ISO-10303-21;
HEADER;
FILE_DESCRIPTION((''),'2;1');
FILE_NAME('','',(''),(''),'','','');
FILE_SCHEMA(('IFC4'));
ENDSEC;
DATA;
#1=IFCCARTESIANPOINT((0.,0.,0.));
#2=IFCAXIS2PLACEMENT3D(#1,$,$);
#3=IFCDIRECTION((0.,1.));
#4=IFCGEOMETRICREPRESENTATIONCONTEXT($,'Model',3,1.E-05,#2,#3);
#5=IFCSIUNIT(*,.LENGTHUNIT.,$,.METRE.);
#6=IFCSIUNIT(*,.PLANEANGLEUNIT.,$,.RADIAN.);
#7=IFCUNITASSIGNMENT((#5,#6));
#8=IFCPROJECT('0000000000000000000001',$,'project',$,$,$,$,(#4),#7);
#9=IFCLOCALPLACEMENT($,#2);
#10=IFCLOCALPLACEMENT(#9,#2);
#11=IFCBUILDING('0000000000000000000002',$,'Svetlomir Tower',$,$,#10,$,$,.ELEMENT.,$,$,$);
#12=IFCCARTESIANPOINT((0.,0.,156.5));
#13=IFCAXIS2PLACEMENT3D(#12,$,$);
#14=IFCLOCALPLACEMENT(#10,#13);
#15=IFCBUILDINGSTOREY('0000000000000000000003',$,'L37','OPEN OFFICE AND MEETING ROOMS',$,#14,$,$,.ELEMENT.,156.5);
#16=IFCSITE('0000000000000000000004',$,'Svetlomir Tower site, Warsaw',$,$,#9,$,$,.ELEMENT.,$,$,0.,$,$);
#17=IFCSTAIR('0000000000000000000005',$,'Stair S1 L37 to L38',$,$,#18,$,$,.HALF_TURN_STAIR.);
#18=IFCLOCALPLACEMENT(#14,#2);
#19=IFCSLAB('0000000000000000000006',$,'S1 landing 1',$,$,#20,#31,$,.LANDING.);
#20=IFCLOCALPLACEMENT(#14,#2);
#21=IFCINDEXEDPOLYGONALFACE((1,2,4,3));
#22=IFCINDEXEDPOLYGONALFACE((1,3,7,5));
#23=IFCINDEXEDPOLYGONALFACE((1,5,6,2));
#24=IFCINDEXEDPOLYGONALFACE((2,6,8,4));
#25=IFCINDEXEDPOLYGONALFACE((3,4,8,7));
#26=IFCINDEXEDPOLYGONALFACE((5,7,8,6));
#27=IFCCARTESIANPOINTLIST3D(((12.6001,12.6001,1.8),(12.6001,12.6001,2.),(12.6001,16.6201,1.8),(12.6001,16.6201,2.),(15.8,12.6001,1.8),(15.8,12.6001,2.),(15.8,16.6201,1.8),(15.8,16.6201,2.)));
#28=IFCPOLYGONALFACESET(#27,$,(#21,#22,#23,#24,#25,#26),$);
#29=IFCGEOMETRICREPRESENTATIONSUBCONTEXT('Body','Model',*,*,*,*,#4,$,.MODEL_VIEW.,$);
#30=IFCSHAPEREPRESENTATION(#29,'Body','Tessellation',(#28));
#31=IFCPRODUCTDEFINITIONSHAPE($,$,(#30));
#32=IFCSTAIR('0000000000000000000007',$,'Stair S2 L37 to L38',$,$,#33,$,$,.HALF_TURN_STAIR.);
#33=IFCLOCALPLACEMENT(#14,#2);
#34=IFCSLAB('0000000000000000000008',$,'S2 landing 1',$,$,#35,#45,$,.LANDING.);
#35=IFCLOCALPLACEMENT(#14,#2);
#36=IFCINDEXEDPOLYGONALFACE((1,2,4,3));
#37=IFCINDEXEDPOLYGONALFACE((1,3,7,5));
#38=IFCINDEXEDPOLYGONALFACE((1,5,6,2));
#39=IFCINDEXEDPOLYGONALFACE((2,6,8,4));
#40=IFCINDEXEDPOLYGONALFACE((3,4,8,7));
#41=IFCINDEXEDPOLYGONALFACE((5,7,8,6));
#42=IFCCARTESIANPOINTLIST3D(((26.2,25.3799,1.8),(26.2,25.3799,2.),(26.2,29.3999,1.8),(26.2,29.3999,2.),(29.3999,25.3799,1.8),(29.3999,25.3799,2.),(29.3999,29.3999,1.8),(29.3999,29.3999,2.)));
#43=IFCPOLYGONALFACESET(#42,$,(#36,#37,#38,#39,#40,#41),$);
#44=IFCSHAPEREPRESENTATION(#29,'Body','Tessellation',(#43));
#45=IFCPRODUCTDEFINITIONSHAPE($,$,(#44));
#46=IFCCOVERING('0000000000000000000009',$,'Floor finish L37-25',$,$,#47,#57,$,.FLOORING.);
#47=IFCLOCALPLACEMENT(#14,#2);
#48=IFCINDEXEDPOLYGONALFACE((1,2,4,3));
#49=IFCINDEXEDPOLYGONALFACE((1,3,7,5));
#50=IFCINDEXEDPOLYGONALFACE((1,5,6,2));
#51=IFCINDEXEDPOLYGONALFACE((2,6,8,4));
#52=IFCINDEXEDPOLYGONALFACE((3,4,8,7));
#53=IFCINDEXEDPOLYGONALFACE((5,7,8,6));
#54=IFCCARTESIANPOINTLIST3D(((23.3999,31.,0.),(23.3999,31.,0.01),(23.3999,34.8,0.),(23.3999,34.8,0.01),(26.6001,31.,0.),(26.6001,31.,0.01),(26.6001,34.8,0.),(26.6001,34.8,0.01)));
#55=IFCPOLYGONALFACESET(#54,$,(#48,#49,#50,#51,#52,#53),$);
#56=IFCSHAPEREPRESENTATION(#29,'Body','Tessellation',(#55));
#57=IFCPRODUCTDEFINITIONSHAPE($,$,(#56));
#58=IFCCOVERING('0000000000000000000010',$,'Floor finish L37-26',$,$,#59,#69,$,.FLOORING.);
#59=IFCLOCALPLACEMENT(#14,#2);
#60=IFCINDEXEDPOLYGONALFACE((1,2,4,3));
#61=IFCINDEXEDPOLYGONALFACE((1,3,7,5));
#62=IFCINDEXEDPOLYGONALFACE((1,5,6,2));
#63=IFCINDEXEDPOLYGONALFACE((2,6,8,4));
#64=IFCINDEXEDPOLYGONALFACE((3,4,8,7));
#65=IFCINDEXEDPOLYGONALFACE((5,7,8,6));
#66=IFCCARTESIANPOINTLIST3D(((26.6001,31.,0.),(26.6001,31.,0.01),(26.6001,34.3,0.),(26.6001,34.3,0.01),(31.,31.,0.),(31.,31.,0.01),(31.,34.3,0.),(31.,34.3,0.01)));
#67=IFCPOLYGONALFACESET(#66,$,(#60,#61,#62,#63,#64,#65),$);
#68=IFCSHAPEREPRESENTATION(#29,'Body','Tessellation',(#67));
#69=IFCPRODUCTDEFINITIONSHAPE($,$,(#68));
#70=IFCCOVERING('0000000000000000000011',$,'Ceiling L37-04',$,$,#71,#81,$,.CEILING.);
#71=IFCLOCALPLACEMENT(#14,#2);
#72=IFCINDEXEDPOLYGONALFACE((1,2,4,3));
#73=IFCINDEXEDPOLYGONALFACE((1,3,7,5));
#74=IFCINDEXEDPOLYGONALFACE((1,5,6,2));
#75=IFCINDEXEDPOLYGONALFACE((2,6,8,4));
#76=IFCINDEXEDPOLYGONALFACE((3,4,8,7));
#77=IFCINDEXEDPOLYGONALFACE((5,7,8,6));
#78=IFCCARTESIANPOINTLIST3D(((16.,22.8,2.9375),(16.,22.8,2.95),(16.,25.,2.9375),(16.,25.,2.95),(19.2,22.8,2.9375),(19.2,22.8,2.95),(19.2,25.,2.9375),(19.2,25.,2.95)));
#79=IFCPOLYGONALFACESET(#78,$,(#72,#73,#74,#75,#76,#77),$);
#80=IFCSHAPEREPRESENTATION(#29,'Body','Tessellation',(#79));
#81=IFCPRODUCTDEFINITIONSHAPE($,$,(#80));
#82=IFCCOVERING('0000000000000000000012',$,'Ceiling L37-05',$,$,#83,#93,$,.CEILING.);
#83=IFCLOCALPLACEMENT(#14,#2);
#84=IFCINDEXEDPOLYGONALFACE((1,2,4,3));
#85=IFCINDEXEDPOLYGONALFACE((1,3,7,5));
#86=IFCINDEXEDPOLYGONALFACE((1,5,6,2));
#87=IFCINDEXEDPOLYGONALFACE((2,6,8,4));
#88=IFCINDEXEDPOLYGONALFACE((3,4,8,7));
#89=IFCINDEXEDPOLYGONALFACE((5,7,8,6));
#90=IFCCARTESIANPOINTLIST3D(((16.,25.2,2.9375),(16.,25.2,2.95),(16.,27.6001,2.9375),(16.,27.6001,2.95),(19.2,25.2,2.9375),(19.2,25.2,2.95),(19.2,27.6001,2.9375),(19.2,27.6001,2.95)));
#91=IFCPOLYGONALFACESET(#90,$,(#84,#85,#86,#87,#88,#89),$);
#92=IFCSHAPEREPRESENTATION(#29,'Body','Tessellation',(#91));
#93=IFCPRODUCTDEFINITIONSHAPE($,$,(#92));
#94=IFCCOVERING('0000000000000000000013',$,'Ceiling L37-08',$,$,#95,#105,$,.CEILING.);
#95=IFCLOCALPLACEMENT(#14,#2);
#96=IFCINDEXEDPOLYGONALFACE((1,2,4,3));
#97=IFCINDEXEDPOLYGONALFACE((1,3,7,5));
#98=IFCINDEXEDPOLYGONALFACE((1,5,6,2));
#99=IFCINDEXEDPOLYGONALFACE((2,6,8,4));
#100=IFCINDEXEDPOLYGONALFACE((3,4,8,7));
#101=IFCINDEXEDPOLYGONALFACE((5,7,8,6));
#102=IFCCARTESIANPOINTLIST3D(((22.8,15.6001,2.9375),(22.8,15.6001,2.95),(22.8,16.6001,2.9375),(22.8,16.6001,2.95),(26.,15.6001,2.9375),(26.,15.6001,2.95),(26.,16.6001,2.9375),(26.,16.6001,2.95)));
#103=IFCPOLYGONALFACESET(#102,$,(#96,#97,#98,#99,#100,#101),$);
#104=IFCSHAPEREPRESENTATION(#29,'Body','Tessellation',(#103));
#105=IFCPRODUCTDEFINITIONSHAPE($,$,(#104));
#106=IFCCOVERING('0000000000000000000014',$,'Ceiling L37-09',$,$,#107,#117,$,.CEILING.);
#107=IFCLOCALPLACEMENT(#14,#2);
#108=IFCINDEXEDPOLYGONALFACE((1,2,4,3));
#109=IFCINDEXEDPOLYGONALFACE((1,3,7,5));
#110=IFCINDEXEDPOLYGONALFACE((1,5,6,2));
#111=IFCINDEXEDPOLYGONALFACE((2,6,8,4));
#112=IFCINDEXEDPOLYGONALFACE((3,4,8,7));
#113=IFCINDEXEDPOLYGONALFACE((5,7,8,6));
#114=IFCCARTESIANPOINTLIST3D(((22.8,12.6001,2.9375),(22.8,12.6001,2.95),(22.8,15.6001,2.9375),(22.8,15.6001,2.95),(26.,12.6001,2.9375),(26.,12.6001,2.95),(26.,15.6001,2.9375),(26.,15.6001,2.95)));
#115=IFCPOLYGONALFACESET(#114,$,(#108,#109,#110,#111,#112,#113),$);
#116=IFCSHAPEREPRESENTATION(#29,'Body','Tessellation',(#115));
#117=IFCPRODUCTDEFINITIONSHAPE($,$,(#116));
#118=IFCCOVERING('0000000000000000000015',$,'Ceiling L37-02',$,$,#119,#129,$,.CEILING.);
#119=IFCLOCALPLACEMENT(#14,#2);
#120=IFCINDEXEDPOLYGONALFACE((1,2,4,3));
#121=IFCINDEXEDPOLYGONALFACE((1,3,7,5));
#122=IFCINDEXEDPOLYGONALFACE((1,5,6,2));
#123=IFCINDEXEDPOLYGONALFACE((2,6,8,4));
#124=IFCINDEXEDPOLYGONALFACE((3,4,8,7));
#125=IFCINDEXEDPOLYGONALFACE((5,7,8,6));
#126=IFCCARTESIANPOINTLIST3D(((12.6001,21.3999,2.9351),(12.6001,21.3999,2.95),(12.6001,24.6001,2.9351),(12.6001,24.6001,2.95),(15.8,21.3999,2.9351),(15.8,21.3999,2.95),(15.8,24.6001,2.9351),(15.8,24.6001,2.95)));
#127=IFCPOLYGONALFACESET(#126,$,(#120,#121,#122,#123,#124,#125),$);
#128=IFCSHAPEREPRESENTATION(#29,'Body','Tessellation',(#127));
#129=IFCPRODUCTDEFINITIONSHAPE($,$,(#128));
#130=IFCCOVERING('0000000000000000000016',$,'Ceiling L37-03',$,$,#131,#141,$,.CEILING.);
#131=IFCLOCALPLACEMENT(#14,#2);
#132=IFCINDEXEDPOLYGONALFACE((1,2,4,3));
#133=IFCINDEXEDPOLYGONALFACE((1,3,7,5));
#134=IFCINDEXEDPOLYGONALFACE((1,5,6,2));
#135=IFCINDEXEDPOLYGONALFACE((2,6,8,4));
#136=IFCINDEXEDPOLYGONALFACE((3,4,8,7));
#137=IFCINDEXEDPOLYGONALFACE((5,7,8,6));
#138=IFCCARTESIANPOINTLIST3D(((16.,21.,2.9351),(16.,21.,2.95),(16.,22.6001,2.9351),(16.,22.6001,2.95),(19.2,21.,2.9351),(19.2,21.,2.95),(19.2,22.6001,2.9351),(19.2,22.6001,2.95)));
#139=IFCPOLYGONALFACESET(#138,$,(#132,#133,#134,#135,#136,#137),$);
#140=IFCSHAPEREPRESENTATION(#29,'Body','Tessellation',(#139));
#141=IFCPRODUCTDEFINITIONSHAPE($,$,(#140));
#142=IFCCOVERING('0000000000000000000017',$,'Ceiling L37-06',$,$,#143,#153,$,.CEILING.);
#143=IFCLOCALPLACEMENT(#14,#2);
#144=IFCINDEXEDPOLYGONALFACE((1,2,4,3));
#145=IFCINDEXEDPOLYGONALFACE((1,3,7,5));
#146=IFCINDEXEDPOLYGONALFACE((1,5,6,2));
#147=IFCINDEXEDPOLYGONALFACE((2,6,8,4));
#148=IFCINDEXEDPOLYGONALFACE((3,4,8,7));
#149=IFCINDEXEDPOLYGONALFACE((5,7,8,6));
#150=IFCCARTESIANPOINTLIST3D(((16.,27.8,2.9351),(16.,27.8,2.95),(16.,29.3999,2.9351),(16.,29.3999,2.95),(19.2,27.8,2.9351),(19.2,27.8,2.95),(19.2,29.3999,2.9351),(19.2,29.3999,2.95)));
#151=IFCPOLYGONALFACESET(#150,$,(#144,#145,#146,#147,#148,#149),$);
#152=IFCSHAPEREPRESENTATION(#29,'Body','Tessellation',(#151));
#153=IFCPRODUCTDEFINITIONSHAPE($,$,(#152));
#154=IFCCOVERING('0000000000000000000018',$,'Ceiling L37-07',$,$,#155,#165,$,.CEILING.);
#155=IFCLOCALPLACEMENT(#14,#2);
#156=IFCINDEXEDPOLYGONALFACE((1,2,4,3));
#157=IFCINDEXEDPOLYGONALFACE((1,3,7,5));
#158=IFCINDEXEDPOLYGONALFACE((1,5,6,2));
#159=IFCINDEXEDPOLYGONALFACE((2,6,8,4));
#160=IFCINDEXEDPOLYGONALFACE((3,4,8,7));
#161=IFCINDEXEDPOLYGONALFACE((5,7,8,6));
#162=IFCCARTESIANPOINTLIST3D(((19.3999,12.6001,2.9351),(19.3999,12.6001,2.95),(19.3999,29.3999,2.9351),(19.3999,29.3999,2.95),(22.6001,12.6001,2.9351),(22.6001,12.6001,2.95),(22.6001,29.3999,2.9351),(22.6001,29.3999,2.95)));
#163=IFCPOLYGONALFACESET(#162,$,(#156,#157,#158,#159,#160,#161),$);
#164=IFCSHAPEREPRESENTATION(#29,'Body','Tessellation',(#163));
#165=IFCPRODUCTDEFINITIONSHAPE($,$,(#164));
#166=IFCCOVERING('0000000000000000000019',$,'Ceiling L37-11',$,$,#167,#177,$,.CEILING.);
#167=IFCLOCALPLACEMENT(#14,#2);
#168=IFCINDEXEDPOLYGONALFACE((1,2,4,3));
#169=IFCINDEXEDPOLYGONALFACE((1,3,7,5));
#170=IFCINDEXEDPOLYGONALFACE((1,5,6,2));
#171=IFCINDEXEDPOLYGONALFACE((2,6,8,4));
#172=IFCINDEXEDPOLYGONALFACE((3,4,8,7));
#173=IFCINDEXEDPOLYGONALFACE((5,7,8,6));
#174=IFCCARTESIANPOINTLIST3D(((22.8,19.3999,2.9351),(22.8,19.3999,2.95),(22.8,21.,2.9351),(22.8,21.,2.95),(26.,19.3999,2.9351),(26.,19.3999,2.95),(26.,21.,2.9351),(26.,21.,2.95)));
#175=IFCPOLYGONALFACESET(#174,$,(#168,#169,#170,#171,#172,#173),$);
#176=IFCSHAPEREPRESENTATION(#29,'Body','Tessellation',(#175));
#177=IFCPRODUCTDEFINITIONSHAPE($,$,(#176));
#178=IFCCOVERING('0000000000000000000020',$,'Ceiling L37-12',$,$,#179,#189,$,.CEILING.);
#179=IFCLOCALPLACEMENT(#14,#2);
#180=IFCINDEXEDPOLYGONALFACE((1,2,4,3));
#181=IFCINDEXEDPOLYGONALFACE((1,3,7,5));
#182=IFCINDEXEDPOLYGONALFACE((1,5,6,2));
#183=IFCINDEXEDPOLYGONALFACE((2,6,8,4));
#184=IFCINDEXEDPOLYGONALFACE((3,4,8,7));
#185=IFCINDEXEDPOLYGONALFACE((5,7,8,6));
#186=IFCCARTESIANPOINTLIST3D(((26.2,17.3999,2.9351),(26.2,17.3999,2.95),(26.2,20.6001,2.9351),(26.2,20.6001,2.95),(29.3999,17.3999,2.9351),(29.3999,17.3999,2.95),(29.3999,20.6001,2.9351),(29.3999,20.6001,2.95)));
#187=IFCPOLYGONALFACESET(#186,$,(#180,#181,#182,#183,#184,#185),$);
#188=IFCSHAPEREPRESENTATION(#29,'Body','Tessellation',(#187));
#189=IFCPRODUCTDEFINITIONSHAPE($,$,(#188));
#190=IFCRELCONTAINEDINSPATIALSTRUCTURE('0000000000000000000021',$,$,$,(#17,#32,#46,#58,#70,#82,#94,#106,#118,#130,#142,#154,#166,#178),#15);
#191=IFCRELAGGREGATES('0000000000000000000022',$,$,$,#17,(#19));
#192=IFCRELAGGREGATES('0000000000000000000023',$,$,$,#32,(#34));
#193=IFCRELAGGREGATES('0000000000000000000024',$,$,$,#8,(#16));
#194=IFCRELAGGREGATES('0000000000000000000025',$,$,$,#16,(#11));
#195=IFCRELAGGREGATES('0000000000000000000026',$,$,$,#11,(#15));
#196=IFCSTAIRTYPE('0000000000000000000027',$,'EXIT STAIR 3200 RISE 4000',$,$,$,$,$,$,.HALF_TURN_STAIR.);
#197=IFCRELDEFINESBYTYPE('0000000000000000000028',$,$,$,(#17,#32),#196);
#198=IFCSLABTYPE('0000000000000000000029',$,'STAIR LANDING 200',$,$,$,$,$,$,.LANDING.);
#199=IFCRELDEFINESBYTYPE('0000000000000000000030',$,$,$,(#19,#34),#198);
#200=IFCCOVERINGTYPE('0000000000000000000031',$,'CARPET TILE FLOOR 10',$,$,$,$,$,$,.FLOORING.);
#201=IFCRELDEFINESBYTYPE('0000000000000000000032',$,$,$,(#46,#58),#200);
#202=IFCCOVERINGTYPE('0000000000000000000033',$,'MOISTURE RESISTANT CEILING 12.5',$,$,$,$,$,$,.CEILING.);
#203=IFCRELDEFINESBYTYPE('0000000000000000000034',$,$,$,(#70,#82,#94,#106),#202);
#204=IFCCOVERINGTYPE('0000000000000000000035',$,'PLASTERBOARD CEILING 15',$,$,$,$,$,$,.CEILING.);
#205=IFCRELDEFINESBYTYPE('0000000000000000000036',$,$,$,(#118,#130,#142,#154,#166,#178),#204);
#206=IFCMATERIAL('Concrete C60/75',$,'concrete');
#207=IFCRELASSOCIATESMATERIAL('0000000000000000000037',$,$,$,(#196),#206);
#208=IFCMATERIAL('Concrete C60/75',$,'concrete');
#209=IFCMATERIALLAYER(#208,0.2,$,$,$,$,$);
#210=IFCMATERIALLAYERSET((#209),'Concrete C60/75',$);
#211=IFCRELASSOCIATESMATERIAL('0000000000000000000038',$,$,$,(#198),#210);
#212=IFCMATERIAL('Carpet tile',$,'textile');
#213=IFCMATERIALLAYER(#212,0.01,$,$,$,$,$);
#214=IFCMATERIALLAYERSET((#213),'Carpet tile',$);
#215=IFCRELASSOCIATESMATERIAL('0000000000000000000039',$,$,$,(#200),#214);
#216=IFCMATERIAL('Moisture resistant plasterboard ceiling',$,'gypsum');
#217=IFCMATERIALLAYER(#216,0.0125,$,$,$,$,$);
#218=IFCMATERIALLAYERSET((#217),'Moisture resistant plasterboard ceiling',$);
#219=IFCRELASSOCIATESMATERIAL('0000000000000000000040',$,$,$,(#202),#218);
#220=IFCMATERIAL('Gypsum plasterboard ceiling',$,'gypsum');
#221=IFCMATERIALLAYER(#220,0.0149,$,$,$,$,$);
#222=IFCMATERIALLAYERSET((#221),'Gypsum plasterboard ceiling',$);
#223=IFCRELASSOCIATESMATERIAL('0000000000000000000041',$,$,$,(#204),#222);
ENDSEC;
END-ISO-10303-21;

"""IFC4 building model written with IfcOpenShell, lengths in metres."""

from ifc_helpers import new_model, si_unit, direction, frame, origin, place, context, subcontext, project, spatial, polyline, outline, extrude, material, layer, layer_set, type_object, element, aggregate, save


model = new_model("IFC4")

# Units and contexts
model_context = context("Model", 3, precision=1e-05, world=origin(), true_north=direction((0.0, 1.0)))
body_context = subcontext(model_context, "Body", "Model", "MODEL_VIEW")
ifc_project = project(units=[si_unit("LENGTHUNIT", "METRE"), si_unit("PLANEANGLEUNIT", "RADIAN")], contexts=[model_context])

# Site, building, storey
site_placement = place(None, origin())
site = spatial("IfcSite", under=ifc_project, at=site_placement, Name="Svetlomir Tower site, Warsaw", CompositionType="ELEMENT", RefElevation=0.0)
building_placement = place(site_placement, origin())
building = spatial("IfcBuilding", under=site, at=building_placement, Name="Svetlomir Tower", CompositionType="ELEMENT")
storey_placement = place(building_placement, frame((0.0, 0.0, 156.5)))
storey = spatial("IfcBuildingStorey", under=building, at=storey_placement, Name="L37", Description="OPEN OFFICE AND MEETING ROOMS", CompositionType="ELEMENT", Elevation=156.5)

# Stairs, slabs
ifc_material_1 = material(Name="Concrete C60/75", Category="concrete")
stair_type = type_object("IfcStairType", Name="EXIT STAIR 3200 RISE 4000", PredefinedType="HALF_TURN_STAIR", material=ifc_material_1)
stair_1_placement = place(storey_placement, origin())
stair_1 = element("IfcStair", 1, at=stair_1_placement, inside=storey, type_object=stair_type, Name="Stair S1 L37 to L38", PredefinedType="HALF_TURN_STAIR")
ifc_material_2 = material(Name="Concrete C60/75", Category="concrete")
ifc_layer_1 = layer(ifc_material_2, 0.2)
ifc_layer_set_1 = layer_set([ifc_layer_1], Name="Concrete C60/75")
slab_type = type_object("IfcSlabType", Name="STAIR LANDING 200", PredefinedType="LANDING", material=ifc_layer_set_1)
slab_1_placement = place(storey_placement, frame((0.0, 0.0, 1.8)))
slab_1 = element("IfcSlab", 2, at=slab_1_placement, type_object=slab_type, Name="S1 landing 1", PredefinedType="LANDING", context=body_context, shape_type="SweptSolid", body=[
    extrude(outline(polyline([(12.6001, 12.6001), (15.8, 12.6001), (15.8, 16.6201), (12.6001, 16.6201), (12.6001, 12.6001)])), origin(), (0.0, 0.0, 1.0), 0.2),
])
aggregate(stair_1, [slab_1])
stair_2_placement = place(storey_placement, origin())
stair_2 = element("IfcStair", 3, at=stair_2_placement, inside=storey, type_object=stair_type, Name="Stair S2 L37 to L38", PredefinedType="HALF_TURN_STAIR")
slab_2_placement = place(storey_placement, frame((0.0, 0.0, 1.8)))
slab_2 = element("IfcSlab", 4, at=slab_2_placement, type_object=slab_type, Name="S2 landing 1", PredefinedType="LANDING", context=body_context, shape_type="SweptSolid", body=[
    extrude(outline(polyline([(26.2, 25.3799), (29.3999, 25.3799), (29.3999, 29.3999), (26.2, 29.3999), (26.2, 25.3799)])), origin(), (0.0, 0.0, 1.0), 0.2),
])
aggregate(stair_2, [slab_2])

# Coverings
ifc_material_3 = material(Name="Carpet tile", Category="textile")
ifc_layer_2 = layer(ifc_material_3, 0.01)
ifc_layer_set_2 = layer_set([ifc_layer_2], Name="Carpet tile")
covering_type_1 = type_object("IfcCoveringType", Name="CARPET TILE FLOOR 10", PredefinedType="FLOORING", material=ifc_layer_set_2)
covering_1_placement = place(storey_placement, origin())
element("IfcCovering", 5, at=covering_1_placement, inside=storey, type_object=covering_type_1, Name="Floor finish L37-25", PredefinedType="FLOORING", context=body_context, shape_type="SweptSolid", body=[
    extrude(outline(polyline([(23.3999, 31.0), (26.6001, 31.0), (26.6001, 34.8), (23.3999, 34.8), (23.3999, 31.0)])), origin(), (0.0, 0.0, 1.0), 0.01),
])
covering_2_placement = place(storey_placement, origin())
element("IfcCovering", 6, at=covering_2_placement, inside=storey, type_object=covering_type_1, Name="Floor finish L37-26", PredefinedType="FLOORING", context=body_context, shape_type="SweptSolid", body=[
    extrude(outline(polyline([(26.6001, 31.0), (31.0, 31.0), (31.0, 34.3), (26.6001, 34.3), (26.6001, 31.0)])), origin(), (0.0, 0.0, 1.0), 0.01),
])
ifc_material_4 = material(Name="Moisture resistant plasterboard ceiling", Category="gypsum")
ifc_layer_3 = layer(ifc_material_4, 0.0125)
ifc_layer_set_3 = layer_set([ifc_layer_3], Name="Moisture resistant plasterboard ceiling")
covering_type_2 = type_object("IfcCoveringType", Name="MOISTURE RESISTANT CEILING 12.5", PredefinedType="CEILING", material=ifc_layer_set_3)
covering_3_placement = place(storey_placement, frame((0.0, 0.0, 2.9375)))
element("IfcCovering", 7, at=covering_3_placement, inside=storey, type_object=covering_type_2, Name="Ceiling L37-04", PredefinedType="CEILING", context=body_context, shape_type="SweptSolid", body=[
    extrude(outline(polyline([(16.0, 22.8), (19.2, 22.8), (19.2, 25.0), (16.0, 25.0), (16.0, 22.8)])), origin(), (0.0, 0.0, 1.0), 0.0125),
])
covering_4_placement = place(storey_placement, frame((0.0, 0.0, 2.9375)))
element("IfcCovering", 8, at=covering_4_placement, inside=storey, type_object=covering_type_2, Name="Ceiling L37-05", PredefinedType="CEILING", context=body_context, shape_type="SweptSolid", body=[
    extrude(outline(polyline([(16.0, 25.2), (19.2, 25.2), (19.2, 27.6001), (16.0, 27.6001), (16.0, 25.2)])), origin(), (0.0, 0.0, 1.0), 0.0125),
])
covering_5_placement = place(storey_placement, frame((0.0, 0.0, 2.9375)))
element("IfcCovering", 9, at=covering_5_placement, inside=storey, type_object=covering_type_2, Name="Ceiling L37-08", PredefinedType="CEILING", context=body_context, shape_type="SweptSolid", body=[
    extrude(outline(polyline([(22.8, 15.6001), (26.0, 15.6001), (26.0, 16.6001), (22.8, 16.6001), (22.8, 15.6001)])), origin(), (0.0, 0.0, 1.0), 0.0125),
])
covering_6_placement = place(storey_placement, frame((0.0, 0.0, 2.9375)))
element("IfcCovering", 10, at=covering_6_placement, inside=storey, type_object=covering_type_2, Name="Ceiling L37-09", PredefinedType="CEILING", context=body_context, shape_type="SweptSolid", body=[
    extrude(outline(polyline([(22.8, 12.6001), (26.0, 12.6001), (26.0, 15.6001), (22.8, 15.6001), (22.8, 12.6001)])), origin(), (0.0, 0.0, 1.0), 0.0125),
])
ifc_material_5 = material(Name="Gypsum plasterboard ceiling", Category="gypsum")
ifc_layer_4 = layer(ifc_material_5, 0.0149)
ifc_layer_set_4 = layer_set([ifc_layer_4], Name="Gypsum plasterboard ceiling")
covering_type_3 = type_object("IfcCoveringType", Name="PLASTERBOARD CEILING 15", PredefinedType="CEILING", material=ifc_layer_set_4)
covering_7_placement = place(storey_placement, frame((0.0, 0.0, 2.9351)))
element("IfcCovering", 11, at=covering_7_placement, inside=storey, type_object=covering_type_3, Name="Ceiling L37-02", PredefinedType="CEILING", context=body_context, shape_type="SweptSolid", body=[
    extrude(outline(polyline([(12.6001, 21.3999), (15.8, 21.3999), (15.8, 24.6001), (12.6001, 24.6001), (12.6001, 21.3999)])), origin(), (0.0, 0.0, 1.0), 0.0149),
])
covering_8_placement = place(storey_placement, frame((0.0, 0.0, 2.9351)))
element("IfcCovering", 12, at=covering_8_placement, inside=storey, type_object=covering_type_3, Name="Ceiling L37-03", PredefinedType="CEILING", context=body_context, shape_type="SweptSolid", body=[
    extrude(outline(polyline([(16.0, 21.0), (19.2, 21.0), (19.2, 22.6001), (16.0, 22.6001), (16.0, 21.0)])), origin(), (0.0, 0.0, 1.0), 0.0149),
])
covering_9_placement = place(storey_placement, frame((0.0, 0.0, 2.9351)))
element("IfcCovering", 13, at=covering_9_placement, inside=storey, type_object=covering_type_3, Name="Ceiling L37-06", PredefinedType="CEILING", context=body_context, shape_type="SweptSolid", body=[
    extrude(outline(polyline([(16.0, 27.8), (19.2, 27.8), (19.2, 29.3999), (16.0, 29.3999), (16.0, 27.8)])), origin(), (0.0, 0.0, 1.0), 0.0149),
])
covering_10_placement = place(storey_placement, frame((0.0, 0.0, 2.9351)))
element("IfcCovering", 14, at=covering_10_placement, inside=storey, type_object=covering_type_3, Name="Ceiling L37-07", PredefinedType="CEILING", context=body_context, shape_type="SweptSolid", body=[
    extrude(outline(polyline([(19.3999, 12.6001), (22.6001, 12.6001), (22.6001, 29.3999), (19.3999, 29.3999), (19.3999, 12.6001)])), origin(), (0.0, 0.0, 1.0), 0.0149),
])
covering_11_placement = place(storey_placement, frame((0.0, 0.0, 2.9351)))
element("IfcCovering", 15, at=covering_11_placement, inside=storey, type_object=covering_type_3, Name="Ceiling L37-11", PredefinedType="CEILING", context=body_context, shape_type="SweptSolid", body=[
    extrude(outline(polyline([(22.8, 19.3999), (26.0, 19.3999), (26.0, 21.0), (22.8, 21.0), (22.8, 19.3999)])), origin(), (0.0, 0.0, 1.0), 0.0149),
])
covering_12_placement = place(storey_placement, frame((0.0, 0.0, 2.9351)))
element("IfcCovering", 16, at=covering_12_placement, inside=storey, type_object=covering_type_3, Name="Ceiling L37-12", PredefinedType="CEILING", context=body_context, shape_type="SweptSolid", body=[
    extrude(outline(polyline([(26.2, 17.3999), (29.3999, 17.3999), (29.3999, 20.6001), (26.2, 20.6001), (26.2, 17.3999)])), origin(), (0.0, 0.0, 1.0), 0.0149),
])

save(model, "model.ifc")
